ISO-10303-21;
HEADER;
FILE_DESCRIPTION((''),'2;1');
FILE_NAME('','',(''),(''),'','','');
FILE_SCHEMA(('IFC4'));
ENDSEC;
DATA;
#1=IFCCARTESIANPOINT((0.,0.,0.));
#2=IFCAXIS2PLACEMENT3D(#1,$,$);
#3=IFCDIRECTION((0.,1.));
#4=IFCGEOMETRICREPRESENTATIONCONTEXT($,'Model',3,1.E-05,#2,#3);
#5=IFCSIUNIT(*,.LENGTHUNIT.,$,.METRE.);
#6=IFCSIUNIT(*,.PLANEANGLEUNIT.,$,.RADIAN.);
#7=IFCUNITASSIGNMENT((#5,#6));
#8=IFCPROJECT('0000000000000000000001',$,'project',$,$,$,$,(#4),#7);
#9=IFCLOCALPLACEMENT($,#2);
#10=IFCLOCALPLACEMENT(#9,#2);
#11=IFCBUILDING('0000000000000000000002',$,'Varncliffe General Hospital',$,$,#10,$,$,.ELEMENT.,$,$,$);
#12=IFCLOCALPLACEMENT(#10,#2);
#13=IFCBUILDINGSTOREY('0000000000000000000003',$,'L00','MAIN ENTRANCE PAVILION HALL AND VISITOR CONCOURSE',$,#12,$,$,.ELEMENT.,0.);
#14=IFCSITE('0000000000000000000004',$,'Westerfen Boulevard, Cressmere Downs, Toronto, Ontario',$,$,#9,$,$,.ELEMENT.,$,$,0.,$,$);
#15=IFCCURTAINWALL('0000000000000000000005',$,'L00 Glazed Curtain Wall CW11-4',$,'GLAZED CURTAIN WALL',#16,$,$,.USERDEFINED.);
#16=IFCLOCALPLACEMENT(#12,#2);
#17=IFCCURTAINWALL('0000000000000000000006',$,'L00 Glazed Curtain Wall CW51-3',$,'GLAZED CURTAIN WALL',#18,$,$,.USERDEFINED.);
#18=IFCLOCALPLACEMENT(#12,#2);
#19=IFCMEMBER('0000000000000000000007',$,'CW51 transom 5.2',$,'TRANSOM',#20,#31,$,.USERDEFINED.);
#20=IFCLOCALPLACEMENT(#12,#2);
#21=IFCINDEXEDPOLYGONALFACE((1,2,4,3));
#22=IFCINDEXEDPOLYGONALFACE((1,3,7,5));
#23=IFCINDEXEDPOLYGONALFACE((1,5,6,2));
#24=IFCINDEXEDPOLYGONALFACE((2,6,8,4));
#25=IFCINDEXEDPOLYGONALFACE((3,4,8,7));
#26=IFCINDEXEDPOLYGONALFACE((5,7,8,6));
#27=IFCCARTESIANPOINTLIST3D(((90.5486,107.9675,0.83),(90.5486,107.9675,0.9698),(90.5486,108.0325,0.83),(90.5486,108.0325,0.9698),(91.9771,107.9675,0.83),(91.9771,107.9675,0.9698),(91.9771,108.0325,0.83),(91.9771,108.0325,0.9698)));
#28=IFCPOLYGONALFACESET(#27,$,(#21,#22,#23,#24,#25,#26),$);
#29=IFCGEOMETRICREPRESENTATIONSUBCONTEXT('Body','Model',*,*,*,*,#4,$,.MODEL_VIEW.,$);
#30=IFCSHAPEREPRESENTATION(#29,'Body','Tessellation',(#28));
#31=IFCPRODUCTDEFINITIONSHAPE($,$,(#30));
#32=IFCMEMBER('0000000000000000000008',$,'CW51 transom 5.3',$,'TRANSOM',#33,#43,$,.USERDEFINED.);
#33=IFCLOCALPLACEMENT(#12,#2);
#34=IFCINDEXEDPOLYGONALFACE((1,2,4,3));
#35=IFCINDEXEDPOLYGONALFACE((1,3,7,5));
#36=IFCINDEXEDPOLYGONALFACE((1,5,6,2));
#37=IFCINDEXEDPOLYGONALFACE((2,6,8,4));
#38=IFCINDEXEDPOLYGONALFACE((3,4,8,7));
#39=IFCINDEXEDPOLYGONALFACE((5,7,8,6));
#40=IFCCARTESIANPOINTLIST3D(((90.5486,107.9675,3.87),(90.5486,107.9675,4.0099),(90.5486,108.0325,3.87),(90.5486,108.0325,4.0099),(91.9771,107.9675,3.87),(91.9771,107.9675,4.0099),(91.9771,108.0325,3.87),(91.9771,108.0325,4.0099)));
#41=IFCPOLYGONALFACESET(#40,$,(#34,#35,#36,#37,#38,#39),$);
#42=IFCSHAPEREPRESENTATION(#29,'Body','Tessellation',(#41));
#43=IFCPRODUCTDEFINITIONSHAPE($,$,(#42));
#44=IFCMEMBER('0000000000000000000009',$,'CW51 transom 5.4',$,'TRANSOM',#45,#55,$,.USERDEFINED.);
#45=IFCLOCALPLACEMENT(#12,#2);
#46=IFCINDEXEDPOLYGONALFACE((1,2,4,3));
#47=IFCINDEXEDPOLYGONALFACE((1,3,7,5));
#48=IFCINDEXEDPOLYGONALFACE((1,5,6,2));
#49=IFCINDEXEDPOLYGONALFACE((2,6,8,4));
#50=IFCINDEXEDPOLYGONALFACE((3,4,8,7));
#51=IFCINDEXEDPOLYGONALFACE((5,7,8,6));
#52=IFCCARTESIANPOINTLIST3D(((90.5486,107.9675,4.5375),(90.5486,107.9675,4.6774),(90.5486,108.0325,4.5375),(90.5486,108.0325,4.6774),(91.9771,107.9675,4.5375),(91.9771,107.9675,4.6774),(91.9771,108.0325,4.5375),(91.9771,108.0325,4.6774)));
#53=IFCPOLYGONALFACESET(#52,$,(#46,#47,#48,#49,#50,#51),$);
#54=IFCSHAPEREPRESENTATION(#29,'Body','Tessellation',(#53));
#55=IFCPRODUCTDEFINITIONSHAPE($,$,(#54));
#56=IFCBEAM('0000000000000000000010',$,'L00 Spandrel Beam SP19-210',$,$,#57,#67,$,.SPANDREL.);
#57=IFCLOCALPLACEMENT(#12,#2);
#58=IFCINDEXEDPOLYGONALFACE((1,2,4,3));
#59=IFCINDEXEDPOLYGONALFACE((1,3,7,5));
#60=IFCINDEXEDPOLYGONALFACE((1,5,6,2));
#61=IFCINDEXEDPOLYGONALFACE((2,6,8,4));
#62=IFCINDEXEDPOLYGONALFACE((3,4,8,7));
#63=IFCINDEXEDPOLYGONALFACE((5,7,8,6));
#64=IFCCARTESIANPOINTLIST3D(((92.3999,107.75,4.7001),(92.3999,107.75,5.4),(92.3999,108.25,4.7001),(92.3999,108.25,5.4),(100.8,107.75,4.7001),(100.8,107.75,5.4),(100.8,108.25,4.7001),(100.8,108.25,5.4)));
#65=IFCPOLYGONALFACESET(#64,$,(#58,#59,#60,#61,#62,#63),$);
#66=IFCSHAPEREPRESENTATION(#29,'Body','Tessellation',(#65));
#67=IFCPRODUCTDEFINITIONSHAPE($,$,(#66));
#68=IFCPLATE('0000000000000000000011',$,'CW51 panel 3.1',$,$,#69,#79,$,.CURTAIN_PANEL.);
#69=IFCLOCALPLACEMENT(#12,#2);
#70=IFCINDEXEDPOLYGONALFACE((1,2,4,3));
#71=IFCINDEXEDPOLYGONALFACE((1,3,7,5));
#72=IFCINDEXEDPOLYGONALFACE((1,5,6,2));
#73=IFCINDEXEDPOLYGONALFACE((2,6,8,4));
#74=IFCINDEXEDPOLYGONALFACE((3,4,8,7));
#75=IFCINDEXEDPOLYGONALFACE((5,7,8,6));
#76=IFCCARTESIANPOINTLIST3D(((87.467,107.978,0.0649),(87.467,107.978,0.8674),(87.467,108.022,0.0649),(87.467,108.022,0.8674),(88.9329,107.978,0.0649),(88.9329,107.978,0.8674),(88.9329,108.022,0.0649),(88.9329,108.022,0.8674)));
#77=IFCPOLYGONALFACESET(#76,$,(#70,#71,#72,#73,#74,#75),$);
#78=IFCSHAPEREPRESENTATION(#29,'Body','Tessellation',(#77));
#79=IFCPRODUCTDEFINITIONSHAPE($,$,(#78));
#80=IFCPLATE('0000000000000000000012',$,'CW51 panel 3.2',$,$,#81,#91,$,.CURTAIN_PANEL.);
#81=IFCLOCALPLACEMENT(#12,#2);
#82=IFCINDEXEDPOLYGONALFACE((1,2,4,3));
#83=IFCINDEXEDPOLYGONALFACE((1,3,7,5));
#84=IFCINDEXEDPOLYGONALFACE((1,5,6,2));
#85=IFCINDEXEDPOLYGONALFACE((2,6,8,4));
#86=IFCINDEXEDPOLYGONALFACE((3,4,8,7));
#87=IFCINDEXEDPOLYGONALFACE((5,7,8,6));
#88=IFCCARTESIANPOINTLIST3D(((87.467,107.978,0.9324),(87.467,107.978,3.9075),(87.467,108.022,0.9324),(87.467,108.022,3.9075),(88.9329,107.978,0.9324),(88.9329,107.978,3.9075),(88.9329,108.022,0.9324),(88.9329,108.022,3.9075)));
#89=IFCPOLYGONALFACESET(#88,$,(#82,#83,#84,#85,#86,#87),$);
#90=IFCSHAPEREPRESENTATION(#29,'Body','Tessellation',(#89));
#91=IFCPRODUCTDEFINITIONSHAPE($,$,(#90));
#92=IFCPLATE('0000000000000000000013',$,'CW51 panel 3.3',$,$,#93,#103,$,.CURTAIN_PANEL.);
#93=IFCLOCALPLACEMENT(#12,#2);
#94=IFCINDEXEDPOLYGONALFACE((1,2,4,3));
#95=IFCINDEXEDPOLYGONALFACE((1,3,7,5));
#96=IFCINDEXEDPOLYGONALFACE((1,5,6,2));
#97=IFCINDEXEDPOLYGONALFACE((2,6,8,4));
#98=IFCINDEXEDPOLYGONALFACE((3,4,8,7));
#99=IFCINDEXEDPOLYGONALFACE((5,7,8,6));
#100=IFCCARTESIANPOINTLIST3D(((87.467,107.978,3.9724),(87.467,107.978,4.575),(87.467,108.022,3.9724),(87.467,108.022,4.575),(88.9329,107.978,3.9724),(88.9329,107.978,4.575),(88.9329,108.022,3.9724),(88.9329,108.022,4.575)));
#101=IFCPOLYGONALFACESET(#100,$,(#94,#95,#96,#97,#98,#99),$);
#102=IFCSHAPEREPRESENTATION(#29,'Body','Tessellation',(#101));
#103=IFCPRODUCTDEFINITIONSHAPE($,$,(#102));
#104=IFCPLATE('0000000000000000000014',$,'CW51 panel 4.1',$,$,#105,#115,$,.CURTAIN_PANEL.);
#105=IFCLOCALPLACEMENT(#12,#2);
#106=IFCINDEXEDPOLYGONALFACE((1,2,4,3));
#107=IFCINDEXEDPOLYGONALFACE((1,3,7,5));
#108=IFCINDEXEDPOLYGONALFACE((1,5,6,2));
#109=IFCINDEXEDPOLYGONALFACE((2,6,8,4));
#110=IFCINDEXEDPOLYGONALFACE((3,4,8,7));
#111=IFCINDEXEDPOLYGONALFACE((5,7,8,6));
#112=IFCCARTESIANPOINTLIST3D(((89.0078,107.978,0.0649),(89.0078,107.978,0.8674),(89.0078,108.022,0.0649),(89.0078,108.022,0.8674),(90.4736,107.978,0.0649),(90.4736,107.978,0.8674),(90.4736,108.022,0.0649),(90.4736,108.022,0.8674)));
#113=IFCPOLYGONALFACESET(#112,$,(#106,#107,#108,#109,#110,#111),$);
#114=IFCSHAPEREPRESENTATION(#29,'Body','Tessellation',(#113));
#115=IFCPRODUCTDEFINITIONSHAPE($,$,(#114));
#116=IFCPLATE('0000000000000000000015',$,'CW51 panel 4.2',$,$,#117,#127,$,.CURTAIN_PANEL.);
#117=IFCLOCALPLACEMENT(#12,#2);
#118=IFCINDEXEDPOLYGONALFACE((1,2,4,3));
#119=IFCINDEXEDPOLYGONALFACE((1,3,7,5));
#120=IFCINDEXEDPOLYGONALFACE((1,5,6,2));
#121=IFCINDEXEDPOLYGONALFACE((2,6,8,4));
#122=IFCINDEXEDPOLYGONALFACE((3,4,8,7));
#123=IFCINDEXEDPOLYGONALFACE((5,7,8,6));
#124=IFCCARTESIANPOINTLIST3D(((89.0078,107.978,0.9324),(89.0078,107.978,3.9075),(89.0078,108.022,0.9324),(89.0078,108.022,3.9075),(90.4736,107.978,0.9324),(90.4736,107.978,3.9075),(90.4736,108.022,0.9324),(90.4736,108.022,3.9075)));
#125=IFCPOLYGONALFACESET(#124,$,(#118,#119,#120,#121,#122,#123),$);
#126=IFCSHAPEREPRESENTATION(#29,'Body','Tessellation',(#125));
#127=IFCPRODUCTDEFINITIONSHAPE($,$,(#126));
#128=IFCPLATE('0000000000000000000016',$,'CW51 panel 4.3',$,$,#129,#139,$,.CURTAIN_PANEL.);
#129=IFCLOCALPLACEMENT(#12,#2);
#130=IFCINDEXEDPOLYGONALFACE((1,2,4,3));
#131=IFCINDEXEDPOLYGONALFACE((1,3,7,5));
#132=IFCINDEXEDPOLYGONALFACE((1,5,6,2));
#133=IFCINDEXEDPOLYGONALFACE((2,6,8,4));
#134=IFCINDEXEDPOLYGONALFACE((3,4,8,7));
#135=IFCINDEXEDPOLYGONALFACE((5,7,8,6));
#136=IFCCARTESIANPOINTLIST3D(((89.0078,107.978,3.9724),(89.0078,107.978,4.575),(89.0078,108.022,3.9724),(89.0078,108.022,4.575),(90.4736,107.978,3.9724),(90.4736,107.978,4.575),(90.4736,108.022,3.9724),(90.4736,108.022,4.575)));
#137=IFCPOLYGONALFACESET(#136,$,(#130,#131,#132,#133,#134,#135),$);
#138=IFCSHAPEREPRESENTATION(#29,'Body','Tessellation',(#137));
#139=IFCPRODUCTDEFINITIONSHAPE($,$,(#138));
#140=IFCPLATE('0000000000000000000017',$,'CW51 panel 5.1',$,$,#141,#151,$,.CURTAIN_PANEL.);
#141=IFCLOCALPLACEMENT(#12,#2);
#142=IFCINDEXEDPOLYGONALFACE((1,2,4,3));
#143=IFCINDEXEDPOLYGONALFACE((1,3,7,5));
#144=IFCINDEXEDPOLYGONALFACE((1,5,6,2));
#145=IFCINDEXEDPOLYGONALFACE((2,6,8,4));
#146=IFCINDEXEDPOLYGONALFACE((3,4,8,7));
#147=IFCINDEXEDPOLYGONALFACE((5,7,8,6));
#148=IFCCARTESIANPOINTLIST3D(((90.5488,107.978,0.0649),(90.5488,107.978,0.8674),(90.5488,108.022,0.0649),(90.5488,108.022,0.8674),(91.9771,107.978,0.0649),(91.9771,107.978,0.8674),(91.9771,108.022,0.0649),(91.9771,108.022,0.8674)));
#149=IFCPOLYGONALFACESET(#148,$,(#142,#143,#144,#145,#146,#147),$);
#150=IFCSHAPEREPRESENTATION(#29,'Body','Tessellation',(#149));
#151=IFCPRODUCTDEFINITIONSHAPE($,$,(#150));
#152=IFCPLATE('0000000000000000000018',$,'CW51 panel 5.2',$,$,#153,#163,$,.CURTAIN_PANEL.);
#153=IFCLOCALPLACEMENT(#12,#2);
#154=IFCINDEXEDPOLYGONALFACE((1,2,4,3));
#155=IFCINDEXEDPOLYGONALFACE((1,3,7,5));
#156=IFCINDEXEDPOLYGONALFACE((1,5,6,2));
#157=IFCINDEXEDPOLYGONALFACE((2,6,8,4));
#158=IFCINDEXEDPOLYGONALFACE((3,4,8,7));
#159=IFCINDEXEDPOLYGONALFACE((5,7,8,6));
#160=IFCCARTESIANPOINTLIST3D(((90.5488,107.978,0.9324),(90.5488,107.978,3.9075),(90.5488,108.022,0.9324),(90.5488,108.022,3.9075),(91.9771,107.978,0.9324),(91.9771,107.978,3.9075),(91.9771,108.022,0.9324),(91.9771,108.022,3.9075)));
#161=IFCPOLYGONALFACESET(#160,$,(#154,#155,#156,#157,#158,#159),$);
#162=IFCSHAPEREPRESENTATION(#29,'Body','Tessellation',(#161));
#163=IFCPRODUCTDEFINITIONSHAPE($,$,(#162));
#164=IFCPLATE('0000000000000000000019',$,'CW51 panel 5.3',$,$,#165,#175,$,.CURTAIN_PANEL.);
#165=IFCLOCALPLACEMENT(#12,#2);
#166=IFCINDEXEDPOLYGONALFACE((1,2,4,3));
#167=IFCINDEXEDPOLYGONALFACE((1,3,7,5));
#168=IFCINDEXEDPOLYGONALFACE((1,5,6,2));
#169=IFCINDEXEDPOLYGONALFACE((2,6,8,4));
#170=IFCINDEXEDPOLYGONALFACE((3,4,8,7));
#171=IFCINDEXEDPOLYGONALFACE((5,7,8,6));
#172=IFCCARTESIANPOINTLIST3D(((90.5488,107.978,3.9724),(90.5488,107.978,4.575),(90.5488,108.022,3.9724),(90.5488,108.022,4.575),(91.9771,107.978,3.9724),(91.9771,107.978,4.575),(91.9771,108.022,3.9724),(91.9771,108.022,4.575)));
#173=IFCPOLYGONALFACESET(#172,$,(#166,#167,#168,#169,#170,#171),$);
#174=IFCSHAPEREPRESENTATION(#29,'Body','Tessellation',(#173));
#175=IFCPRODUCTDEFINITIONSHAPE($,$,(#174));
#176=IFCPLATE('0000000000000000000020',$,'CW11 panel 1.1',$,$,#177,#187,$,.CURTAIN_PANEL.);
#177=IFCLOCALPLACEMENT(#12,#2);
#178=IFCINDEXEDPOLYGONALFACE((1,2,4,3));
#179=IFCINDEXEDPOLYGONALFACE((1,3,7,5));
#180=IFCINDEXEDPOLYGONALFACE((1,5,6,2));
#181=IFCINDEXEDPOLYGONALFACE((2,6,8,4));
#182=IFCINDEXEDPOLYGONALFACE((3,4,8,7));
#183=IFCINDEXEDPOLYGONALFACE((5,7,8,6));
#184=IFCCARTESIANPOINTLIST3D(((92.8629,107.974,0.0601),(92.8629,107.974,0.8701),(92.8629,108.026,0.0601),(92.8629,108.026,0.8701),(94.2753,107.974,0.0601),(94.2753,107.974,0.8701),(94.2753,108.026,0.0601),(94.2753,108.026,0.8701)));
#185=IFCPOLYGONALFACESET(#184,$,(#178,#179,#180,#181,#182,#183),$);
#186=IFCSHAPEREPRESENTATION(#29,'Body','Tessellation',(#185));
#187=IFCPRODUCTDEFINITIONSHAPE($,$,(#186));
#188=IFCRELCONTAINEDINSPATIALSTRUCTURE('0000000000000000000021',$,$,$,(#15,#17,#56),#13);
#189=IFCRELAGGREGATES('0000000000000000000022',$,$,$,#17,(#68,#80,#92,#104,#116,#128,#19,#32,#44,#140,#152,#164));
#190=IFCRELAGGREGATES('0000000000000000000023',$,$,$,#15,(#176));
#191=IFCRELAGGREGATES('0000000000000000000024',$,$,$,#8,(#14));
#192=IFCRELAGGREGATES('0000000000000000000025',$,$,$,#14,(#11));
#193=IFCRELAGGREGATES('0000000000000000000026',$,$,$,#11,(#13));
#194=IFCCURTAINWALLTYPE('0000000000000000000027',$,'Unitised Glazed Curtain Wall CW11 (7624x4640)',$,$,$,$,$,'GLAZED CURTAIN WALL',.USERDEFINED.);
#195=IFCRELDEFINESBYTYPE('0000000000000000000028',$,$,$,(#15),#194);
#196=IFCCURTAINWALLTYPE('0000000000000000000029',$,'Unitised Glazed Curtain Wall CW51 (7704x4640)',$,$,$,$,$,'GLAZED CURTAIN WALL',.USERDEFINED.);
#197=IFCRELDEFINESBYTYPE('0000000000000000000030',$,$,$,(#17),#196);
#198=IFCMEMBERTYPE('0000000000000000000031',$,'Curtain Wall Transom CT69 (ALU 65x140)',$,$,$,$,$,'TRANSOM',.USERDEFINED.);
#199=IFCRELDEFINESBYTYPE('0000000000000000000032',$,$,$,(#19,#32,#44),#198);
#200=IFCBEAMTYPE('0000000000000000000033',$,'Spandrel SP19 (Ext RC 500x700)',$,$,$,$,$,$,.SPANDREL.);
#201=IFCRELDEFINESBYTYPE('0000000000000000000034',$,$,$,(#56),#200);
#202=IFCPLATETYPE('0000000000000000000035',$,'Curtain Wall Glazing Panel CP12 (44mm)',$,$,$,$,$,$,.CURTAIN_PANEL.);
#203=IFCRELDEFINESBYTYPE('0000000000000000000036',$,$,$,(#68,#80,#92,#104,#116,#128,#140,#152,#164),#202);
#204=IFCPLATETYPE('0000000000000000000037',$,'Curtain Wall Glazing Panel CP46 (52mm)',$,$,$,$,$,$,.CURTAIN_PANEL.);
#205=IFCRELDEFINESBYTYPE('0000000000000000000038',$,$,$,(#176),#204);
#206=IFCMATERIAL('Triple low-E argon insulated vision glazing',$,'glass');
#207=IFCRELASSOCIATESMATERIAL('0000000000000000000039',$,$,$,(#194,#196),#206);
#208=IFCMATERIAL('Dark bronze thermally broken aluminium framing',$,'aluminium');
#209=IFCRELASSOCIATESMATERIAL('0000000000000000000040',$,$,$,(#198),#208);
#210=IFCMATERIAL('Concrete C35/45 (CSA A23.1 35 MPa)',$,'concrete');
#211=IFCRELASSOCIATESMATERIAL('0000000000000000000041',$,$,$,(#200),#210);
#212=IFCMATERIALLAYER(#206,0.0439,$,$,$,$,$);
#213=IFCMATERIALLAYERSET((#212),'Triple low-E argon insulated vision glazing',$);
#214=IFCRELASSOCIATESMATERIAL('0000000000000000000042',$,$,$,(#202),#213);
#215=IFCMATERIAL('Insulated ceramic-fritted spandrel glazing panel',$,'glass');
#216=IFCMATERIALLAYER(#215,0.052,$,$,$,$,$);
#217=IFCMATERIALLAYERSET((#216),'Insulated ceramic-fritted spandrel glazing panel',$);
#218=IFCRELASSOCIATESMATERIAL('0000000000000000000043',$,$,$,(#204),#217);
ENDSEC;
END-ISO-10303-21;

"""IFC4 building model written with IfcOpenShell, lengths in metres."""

from ifc_helpers import new_model, si_unit, direction, frame, origin, origin_2d, place, context, subcontext, project, spatial, rectangle, extrude, material, layer, layer_set, material_profile, profile_set, type_object, element, aggregate, save


model = new_model("IFC4")

# Units and contexts
model_context = context("Model", 3, precision=1e-05, world=origin(), true_north=direction((0.0, 1.0)))
body_context = subcontext(model_context, "Body", "Model", "MODEL_VIEW")
ifc_project = project(units=[si_unit("LENGTHUNIT", "METRE"), si_unit("PLANEANGLEUNIT", "RADIAN")], contexts=[model_context])

# Site, building, storey
site_placement = place(None, origin())
site = spatial("IfcSite", under=ifc_project, at=site_placement, Name="Westerfen Boulevard, Cressmere Downs, Toronto, Ontario", CompositionType="ELEMENT", RefElevation=0.0)
building_placement = place(site_placement, origin())
building = spatial("IfcBuilding", under=site, at=building_placement, Name="Varncliffe General Hospital", CompositionType="ELEMENT")
storey_placement = place(building_placement, origin())
storey = spatial("IfcBuildingStorey", under=building, at=storey_placement, Name="L00", Description="MAIN ENTRANCE PAVILION HALL AND VISITOR CONCOURSE", CompositionType="ELEMENT", Elevation=0.0)

# Curtain wall
ifc_material_1 = material(Name="Triple low-E argon insulated vision glazing", Category="glass")
curtain_wall_type_1 = type_object("IfcCurtainWallType", Name="Unitised Glazed Curtain Wall CW11 (7624x4640)", ElementType="GLAZED CURTAIN WALL", PredefinedType="USERDEFINED", material=ifc_material_1)
curtain_wall_1_placement = place(storey_placement, origin())
curtain_wall_1 = element("IfcCurtainWall", 1, at=curtain_wall_1_placement, inside=storey, type_object=curtain_wall_type_1, Name="L00 Glazed Curtain Wall CW11-4", ObjectType="GLAZED CURTAIN WALL", PredefinedType="USERDEFINED")
ifc_material_2 = material(Name="Dark bronze thermally broken aluminium framing", Category="aluminium")

# Curtain wall
curtain_wall_type_2 = type_object("IfcCurtainWallType", Name="Unitised Glazed Curtain Wall CW51 (7704x4640)", ElementType="GLAZED CURTAIN WALL", PredefinedType="USERDEFINED", material=ifc_material_1)
curtain_wall_2_placement = place(storey_placement, origin())
curtain_wall_2 = element("IfcCurtainWall", 2, at=curtain_wall_2_placement, inside=storey, type_object=curtain_wall_type_2, Name="L00 Glazed Curtain Wall CW51-3", ObjectType="GLAZED CURTAIN WALL", PredefinedType="USERDEFINED")

# Members
ifc_material_profile_1 = material_profile(ifc_material_2, rectangle(XDim=0.0649, YDim=0.1399, at=origin_2d()), Name="ALU 65x140")
ifc_profile_set_1 = profile_set([ifc_material_profile_1], Name="Dark bronze thermally broken aluminium framing")
member_type_1 = type_object("IfcMemberType", Name="Curtain Wall Transom CT69 (ALU 65x140)", ElementType="TRANSOM", PredefinedType="USERDEFINED", material=ifc_profile_set_1)
member_1_placement = place(storey_placement, frame((90.5486, 108.0, 0.8999), z_axis=(1.0, 0.0, 0.0), x_axis=(0.0, 1.0, 0.0)))
member_1 = element("IfcMember", 3, at=member_1_placement, type_object=member_type_1, Name="CW51 transom 5.2", ObjectType="TRANSOM", PredefinedType="USERDEFINED", context=body_context, shape_type="SweptSolid", body=[
    extrude(rectangle(XDim=0.0649, YDim=0.1399, at=origin_2d()), origin(), (0.0, 0.0, 1.0), 1.4285),
])
member_2_placement = place(storey_placement, frame((90.5486, 108.0, 3.9399), z_axis=(1.0, 0.0, 0.0), x_axis=(0.0, 1.0, 0.0)))
member_2 = element("IfcMember", 4, at=member_2_placement, type_object=member_type_1, Name="CW51 transom 5.3", ObjectType="TRANSOM", PredefinedType="USERDEFINED", context=body_context, shape_type="SweptSolid", body=[
    extrude(rectangle(XDim=0.0649, YDim=0.1399, at=origin_2d()), origin(), (0.0, 0.0, 1.0), 1.4285),
])
member_3_placement = place(storey_placement, frame((90.5486, 108.0, 4.6074), z_axis=(1.0, 0.0, 0.0), x_axis=(0.0, 1.0, 0.0)))
member_3 = element("IfcMember", 5, at=member_3_placement, type_object=member_type_1, Name="CW51 transom 5.4", ObjectType="TRANSOM", PredefinedType="USERDEFINED", context=body_context, shape_type="SweptSolid", body=[
    extrude(rectangle(XDim=0.0649, YDim=0.1399, at=origin_2d()), origin(), (0.0, 0.0, 1.0), 1.4285),
])

# Beam
ifc_material_3 = material(Name="Concrete C35/45 (CSA A23.1 35 MPa)", Category="concrete")
ifc_material_profile_2 = material_profile(ifc_material_3, rectangle(XDim=0.5, YDim=0.7, at=origin_2d()), Name="RC 500x700")
ifc_profile_set_2 = profile_set([ifc_material_profile_2], Name="Concrete C35/45 (CSA A23.1 35 MPa)")
beam_type = type_object("IfcBeamType", Name="Spandrel SP19 (Ext RC 500x700)", PredefinedType="SPANDREL", material=ifc_profile_set_2)
beam_placement = place(storey_placement, frame((92.3999, 108.0, 5.05), z_axis=(1.0, 0.0, 0.0), x_axis=(0.0, 1.0, 0.0)))
element("IfcBeam", 6, at=beam_placement, inside=storey, type_object=beam_type, Name="L00 Spandrel Beam SP19-210", PredefinedType="SPANDREL", context=body_context, shape_type="SweptSolid", body=[
    extrude(rectangle(XDim=0.5, YDim=0.7, at=origin_2d()), origin(), (0.0, 0.0, 1.0), 8.4001),
])

# Plates
ifc_layer_1 = layer(ifc_material_1, 0.0439)
ifc_layer_set_1 = layer_set([ifc_layer_1], Name="Triple low-E argon insulated vision glazing")
plate_type_1 = type_object("IfcPlateType", Name="Curtain Wall Glazing Panel CP12 (44mm)", PredefinedType="CURTAIN_PANEL", material=ifc_layer_set_1)
plate_1_placement = place(storey_placement, frame((88.2, 108.0, 0.0649), z_axis=(0.0, 0.0, 1.0), x_axis=(1.0, 0.0, 0.0)))
plate_1 = element("IfcPlate", 7, at=plate_1_placement, type_object=plate_type_1, Name="CW51 panel 3.1", PredefinedType="CURTAIN_PANEL", context=body_context, shape_type="SweptSolid", body=[
    extrude(rectangle(XDim=1.4658, YDim=0.0439, at=origin_2d()), origin(), (0.0, 0.0, 1.0), 0.8025),
])
plate_2_placement = place(storey_placement, frame((88.2, 108.0, 0.9324), z_axis=(0.0, 0.0, 1.0), x_axis=(1.0, 0.0, 0.0)))
plate_2 = element("IfcPlate", 8, at=plate_2_placement, type_object=plate_type_1, Name="CW51 panel 3.2", PredefinedType="CURTAIN_PANEL", context=body_context, shape_type="SweptSolid", body=[
    extrude(rectangle(XDim=1.4658, YDim=0.0439, at=origin_2d()), origin(), (0.0, 0.0, 1.0), 2.9751),
])
plate_3_placement = place(storey_placement, frame((88.2, 108.0, 3.9724), z_axis=(0.0, 0.0, 1.0), x_axis=(1.0, 0.0, 0.0)))
plate_3 = element("IfcPlate", 9, at=plate_3_placement, type_object=plate_type_1, Name="CW51 panel 3.3", PredefinedType="CURTAIN_PANEL", context=body_context, shape_type="SweptSolid", body=[
    extrude(rectangle(XDim=1.4658, YDim=0.0439, at=origin_2d()), origin(), (0.0, 0.0, 1.0), 0.6025),
])
plate_4_placement = place(storey_placement, frame((89.7407, 108.0, 0.0649), z_axis=(0.0, 0.0, 1.0), x_axis=(1.0, 0.0, 0.0)))
plate_4 = element("IfcPlate", 10, at=plate_4_placement, type_object=plate_type_1, Name="CW51 panel 4.1", PredefinedType="CURTAIN_PANEL", context=body_context, shape_type="SweptSolid", body=[
    extrude(rectangle(XDim=1.4658, YDim=0.0439, at=origin_2d()), origin(), (0.0, 0.0, 1.0), 0.8025),
])
plate_5_placement = place(storey_placement, frame((89.7407, 108.0, 0.9324), z_axis=(0.0, 0.0, 1.0), x_axis=(1.0, 0.0, 0.0)))
plate_5 = element("IfcPlate", 11, at=plate_5_placement, type_object=plate_type_1, Name="CW51 panel 4.2", PredefinedType="CURTAIN_PANEL", context=body_context, shape_type="SweptSolid", body=[
    extrude(rectangle(XDim=1.4658, YDim=0.0439, at=origin_2d()), origin(), (0.0, 0.0, 1.0), 2.9751),
])
plate_6_placement = place(storey_placement, frame((89.7407, 108.0, 3.9724), z_axis=(0.0, 0.0, 1.0), x_axis=(1.0, 0.0, 0.0)))
plate_6 = element("IfcPlate", 12, at=plate_6_placement, type_object=plate_type_1, Name="CW51 panel 4.3", PredefinedType="CURTAIN_PANEL", context=body_context, shape_type="SweptSolid", body=[
    extrude(rectangle(XDim=1.4658, YDim=0.0439, at=origin_2d()), origin(), (0.0, 0.0, 1.0), 0.6025),
])
plate_7_placement = place(storey_placement, frame((91.2629, 108.0, 0.0649), z_axis=(0.0, 0.0, 1.0), x_axis=(1.0, 0.0, 0.0)))
plate_7 = element("IfcPlate", 13, at=plate_7_placement, type_object=plate_type_1, Name="CW51 panel 5.1", PredefinedType="CURTAIN_PANEL", context=body_context, shape_type="SweptSolid", body=[
    extrude(rectangle(XDim=1.4282, YDim=0.0439, at=origin_2d()), origin(), (0.0, 0.0, 1.0), 0.8025),
])
plate_8_placement = place(storey_placement, frame((91.2629, 108.0, 0.9324), z_axis=(0.0, 0.0, 1.0), x_axis=(1.0, 0.0, 0.0)))
plate_8 = element("IfcPlate", 14, at=plate_8_placement, type_object=plate_type_1, Name="CW51 panel 5.2", PredefinedType="CURTAIN_PANEL", context=body_context, shape_type="SweptSolid", body=[
    extrude(rectangle(XDim=1.4282, YDim=0.0439, at=origin_2d()), origin(), (0.0, 0.0, 1.0), 2.9751),
])
plate_9_placement = place(storey_placement, frame((91.2629, 108.0, 3.9724), z_axis=(0.0, 0.0, 1.0), x_axis=(1.0, 0.0, 0.0)))
plate_9 = element("IfcPlate", 15, at=plate_9_placement, type_object=plate_type_1, Name="CW51 panel 5.3", PredefinedType="CURTAIN_PANEL", context=body_context, shape_type="SweptSolid", body=[
    extrude(rectangle(XDim=1.4282, YDim=0.0439, at=origin_2d()), origin(), (0.0, 0.0, 1.0), 0.6025),
])
aggregate(curtain_wall_2, [plate_1, plate_2, plate_3, plate_4, plate_5, plate_6, member_1, member_2, member_3, plate_7, plate_8, plate_9])
ifc_material_4 = material(Name="Insulated ceramic-fritted spandrel glazing panel", Category="glass")
ifc_layer_2 = layer(ifc_material_4, 0.052)
ifc_layer_set_2 = layer_set([ifc_layer_2], Name="Insulated ceramic-fritted spandrel glazing panel")
plate_type_2 = type_object("IfcPlateType", Name="Curtain Wall Glazing Panel CP46 (52mm)", PredefinedType="CURTAIN_PANEL", material=ifc_layer_set_2)
plate_10_placement = place(storey_placement, frame((93.5691, 108.0, 0.0601), z_axis=(0.0, 0.0, 1.0), x_axis=(1.0, 0.0, 0.0)))
plate_10 = element("IfcPlate", 16, at=plate_10_placement, type_object=plate_type_2, Name="CW11 panel 1.1", PredefinedType="CURTAIN_PANEL", context=body_context, shape_type="SweptSolid", body=[
    extrude(rectangle(XDim=1.4124, YDim=0.052, at=origin_2d()), origin(), (0.0, 0.0, 1.0), 0.8101),
])
aggregate(curtain_wall_1, [plate_10])

save(model, "model.ifc")
